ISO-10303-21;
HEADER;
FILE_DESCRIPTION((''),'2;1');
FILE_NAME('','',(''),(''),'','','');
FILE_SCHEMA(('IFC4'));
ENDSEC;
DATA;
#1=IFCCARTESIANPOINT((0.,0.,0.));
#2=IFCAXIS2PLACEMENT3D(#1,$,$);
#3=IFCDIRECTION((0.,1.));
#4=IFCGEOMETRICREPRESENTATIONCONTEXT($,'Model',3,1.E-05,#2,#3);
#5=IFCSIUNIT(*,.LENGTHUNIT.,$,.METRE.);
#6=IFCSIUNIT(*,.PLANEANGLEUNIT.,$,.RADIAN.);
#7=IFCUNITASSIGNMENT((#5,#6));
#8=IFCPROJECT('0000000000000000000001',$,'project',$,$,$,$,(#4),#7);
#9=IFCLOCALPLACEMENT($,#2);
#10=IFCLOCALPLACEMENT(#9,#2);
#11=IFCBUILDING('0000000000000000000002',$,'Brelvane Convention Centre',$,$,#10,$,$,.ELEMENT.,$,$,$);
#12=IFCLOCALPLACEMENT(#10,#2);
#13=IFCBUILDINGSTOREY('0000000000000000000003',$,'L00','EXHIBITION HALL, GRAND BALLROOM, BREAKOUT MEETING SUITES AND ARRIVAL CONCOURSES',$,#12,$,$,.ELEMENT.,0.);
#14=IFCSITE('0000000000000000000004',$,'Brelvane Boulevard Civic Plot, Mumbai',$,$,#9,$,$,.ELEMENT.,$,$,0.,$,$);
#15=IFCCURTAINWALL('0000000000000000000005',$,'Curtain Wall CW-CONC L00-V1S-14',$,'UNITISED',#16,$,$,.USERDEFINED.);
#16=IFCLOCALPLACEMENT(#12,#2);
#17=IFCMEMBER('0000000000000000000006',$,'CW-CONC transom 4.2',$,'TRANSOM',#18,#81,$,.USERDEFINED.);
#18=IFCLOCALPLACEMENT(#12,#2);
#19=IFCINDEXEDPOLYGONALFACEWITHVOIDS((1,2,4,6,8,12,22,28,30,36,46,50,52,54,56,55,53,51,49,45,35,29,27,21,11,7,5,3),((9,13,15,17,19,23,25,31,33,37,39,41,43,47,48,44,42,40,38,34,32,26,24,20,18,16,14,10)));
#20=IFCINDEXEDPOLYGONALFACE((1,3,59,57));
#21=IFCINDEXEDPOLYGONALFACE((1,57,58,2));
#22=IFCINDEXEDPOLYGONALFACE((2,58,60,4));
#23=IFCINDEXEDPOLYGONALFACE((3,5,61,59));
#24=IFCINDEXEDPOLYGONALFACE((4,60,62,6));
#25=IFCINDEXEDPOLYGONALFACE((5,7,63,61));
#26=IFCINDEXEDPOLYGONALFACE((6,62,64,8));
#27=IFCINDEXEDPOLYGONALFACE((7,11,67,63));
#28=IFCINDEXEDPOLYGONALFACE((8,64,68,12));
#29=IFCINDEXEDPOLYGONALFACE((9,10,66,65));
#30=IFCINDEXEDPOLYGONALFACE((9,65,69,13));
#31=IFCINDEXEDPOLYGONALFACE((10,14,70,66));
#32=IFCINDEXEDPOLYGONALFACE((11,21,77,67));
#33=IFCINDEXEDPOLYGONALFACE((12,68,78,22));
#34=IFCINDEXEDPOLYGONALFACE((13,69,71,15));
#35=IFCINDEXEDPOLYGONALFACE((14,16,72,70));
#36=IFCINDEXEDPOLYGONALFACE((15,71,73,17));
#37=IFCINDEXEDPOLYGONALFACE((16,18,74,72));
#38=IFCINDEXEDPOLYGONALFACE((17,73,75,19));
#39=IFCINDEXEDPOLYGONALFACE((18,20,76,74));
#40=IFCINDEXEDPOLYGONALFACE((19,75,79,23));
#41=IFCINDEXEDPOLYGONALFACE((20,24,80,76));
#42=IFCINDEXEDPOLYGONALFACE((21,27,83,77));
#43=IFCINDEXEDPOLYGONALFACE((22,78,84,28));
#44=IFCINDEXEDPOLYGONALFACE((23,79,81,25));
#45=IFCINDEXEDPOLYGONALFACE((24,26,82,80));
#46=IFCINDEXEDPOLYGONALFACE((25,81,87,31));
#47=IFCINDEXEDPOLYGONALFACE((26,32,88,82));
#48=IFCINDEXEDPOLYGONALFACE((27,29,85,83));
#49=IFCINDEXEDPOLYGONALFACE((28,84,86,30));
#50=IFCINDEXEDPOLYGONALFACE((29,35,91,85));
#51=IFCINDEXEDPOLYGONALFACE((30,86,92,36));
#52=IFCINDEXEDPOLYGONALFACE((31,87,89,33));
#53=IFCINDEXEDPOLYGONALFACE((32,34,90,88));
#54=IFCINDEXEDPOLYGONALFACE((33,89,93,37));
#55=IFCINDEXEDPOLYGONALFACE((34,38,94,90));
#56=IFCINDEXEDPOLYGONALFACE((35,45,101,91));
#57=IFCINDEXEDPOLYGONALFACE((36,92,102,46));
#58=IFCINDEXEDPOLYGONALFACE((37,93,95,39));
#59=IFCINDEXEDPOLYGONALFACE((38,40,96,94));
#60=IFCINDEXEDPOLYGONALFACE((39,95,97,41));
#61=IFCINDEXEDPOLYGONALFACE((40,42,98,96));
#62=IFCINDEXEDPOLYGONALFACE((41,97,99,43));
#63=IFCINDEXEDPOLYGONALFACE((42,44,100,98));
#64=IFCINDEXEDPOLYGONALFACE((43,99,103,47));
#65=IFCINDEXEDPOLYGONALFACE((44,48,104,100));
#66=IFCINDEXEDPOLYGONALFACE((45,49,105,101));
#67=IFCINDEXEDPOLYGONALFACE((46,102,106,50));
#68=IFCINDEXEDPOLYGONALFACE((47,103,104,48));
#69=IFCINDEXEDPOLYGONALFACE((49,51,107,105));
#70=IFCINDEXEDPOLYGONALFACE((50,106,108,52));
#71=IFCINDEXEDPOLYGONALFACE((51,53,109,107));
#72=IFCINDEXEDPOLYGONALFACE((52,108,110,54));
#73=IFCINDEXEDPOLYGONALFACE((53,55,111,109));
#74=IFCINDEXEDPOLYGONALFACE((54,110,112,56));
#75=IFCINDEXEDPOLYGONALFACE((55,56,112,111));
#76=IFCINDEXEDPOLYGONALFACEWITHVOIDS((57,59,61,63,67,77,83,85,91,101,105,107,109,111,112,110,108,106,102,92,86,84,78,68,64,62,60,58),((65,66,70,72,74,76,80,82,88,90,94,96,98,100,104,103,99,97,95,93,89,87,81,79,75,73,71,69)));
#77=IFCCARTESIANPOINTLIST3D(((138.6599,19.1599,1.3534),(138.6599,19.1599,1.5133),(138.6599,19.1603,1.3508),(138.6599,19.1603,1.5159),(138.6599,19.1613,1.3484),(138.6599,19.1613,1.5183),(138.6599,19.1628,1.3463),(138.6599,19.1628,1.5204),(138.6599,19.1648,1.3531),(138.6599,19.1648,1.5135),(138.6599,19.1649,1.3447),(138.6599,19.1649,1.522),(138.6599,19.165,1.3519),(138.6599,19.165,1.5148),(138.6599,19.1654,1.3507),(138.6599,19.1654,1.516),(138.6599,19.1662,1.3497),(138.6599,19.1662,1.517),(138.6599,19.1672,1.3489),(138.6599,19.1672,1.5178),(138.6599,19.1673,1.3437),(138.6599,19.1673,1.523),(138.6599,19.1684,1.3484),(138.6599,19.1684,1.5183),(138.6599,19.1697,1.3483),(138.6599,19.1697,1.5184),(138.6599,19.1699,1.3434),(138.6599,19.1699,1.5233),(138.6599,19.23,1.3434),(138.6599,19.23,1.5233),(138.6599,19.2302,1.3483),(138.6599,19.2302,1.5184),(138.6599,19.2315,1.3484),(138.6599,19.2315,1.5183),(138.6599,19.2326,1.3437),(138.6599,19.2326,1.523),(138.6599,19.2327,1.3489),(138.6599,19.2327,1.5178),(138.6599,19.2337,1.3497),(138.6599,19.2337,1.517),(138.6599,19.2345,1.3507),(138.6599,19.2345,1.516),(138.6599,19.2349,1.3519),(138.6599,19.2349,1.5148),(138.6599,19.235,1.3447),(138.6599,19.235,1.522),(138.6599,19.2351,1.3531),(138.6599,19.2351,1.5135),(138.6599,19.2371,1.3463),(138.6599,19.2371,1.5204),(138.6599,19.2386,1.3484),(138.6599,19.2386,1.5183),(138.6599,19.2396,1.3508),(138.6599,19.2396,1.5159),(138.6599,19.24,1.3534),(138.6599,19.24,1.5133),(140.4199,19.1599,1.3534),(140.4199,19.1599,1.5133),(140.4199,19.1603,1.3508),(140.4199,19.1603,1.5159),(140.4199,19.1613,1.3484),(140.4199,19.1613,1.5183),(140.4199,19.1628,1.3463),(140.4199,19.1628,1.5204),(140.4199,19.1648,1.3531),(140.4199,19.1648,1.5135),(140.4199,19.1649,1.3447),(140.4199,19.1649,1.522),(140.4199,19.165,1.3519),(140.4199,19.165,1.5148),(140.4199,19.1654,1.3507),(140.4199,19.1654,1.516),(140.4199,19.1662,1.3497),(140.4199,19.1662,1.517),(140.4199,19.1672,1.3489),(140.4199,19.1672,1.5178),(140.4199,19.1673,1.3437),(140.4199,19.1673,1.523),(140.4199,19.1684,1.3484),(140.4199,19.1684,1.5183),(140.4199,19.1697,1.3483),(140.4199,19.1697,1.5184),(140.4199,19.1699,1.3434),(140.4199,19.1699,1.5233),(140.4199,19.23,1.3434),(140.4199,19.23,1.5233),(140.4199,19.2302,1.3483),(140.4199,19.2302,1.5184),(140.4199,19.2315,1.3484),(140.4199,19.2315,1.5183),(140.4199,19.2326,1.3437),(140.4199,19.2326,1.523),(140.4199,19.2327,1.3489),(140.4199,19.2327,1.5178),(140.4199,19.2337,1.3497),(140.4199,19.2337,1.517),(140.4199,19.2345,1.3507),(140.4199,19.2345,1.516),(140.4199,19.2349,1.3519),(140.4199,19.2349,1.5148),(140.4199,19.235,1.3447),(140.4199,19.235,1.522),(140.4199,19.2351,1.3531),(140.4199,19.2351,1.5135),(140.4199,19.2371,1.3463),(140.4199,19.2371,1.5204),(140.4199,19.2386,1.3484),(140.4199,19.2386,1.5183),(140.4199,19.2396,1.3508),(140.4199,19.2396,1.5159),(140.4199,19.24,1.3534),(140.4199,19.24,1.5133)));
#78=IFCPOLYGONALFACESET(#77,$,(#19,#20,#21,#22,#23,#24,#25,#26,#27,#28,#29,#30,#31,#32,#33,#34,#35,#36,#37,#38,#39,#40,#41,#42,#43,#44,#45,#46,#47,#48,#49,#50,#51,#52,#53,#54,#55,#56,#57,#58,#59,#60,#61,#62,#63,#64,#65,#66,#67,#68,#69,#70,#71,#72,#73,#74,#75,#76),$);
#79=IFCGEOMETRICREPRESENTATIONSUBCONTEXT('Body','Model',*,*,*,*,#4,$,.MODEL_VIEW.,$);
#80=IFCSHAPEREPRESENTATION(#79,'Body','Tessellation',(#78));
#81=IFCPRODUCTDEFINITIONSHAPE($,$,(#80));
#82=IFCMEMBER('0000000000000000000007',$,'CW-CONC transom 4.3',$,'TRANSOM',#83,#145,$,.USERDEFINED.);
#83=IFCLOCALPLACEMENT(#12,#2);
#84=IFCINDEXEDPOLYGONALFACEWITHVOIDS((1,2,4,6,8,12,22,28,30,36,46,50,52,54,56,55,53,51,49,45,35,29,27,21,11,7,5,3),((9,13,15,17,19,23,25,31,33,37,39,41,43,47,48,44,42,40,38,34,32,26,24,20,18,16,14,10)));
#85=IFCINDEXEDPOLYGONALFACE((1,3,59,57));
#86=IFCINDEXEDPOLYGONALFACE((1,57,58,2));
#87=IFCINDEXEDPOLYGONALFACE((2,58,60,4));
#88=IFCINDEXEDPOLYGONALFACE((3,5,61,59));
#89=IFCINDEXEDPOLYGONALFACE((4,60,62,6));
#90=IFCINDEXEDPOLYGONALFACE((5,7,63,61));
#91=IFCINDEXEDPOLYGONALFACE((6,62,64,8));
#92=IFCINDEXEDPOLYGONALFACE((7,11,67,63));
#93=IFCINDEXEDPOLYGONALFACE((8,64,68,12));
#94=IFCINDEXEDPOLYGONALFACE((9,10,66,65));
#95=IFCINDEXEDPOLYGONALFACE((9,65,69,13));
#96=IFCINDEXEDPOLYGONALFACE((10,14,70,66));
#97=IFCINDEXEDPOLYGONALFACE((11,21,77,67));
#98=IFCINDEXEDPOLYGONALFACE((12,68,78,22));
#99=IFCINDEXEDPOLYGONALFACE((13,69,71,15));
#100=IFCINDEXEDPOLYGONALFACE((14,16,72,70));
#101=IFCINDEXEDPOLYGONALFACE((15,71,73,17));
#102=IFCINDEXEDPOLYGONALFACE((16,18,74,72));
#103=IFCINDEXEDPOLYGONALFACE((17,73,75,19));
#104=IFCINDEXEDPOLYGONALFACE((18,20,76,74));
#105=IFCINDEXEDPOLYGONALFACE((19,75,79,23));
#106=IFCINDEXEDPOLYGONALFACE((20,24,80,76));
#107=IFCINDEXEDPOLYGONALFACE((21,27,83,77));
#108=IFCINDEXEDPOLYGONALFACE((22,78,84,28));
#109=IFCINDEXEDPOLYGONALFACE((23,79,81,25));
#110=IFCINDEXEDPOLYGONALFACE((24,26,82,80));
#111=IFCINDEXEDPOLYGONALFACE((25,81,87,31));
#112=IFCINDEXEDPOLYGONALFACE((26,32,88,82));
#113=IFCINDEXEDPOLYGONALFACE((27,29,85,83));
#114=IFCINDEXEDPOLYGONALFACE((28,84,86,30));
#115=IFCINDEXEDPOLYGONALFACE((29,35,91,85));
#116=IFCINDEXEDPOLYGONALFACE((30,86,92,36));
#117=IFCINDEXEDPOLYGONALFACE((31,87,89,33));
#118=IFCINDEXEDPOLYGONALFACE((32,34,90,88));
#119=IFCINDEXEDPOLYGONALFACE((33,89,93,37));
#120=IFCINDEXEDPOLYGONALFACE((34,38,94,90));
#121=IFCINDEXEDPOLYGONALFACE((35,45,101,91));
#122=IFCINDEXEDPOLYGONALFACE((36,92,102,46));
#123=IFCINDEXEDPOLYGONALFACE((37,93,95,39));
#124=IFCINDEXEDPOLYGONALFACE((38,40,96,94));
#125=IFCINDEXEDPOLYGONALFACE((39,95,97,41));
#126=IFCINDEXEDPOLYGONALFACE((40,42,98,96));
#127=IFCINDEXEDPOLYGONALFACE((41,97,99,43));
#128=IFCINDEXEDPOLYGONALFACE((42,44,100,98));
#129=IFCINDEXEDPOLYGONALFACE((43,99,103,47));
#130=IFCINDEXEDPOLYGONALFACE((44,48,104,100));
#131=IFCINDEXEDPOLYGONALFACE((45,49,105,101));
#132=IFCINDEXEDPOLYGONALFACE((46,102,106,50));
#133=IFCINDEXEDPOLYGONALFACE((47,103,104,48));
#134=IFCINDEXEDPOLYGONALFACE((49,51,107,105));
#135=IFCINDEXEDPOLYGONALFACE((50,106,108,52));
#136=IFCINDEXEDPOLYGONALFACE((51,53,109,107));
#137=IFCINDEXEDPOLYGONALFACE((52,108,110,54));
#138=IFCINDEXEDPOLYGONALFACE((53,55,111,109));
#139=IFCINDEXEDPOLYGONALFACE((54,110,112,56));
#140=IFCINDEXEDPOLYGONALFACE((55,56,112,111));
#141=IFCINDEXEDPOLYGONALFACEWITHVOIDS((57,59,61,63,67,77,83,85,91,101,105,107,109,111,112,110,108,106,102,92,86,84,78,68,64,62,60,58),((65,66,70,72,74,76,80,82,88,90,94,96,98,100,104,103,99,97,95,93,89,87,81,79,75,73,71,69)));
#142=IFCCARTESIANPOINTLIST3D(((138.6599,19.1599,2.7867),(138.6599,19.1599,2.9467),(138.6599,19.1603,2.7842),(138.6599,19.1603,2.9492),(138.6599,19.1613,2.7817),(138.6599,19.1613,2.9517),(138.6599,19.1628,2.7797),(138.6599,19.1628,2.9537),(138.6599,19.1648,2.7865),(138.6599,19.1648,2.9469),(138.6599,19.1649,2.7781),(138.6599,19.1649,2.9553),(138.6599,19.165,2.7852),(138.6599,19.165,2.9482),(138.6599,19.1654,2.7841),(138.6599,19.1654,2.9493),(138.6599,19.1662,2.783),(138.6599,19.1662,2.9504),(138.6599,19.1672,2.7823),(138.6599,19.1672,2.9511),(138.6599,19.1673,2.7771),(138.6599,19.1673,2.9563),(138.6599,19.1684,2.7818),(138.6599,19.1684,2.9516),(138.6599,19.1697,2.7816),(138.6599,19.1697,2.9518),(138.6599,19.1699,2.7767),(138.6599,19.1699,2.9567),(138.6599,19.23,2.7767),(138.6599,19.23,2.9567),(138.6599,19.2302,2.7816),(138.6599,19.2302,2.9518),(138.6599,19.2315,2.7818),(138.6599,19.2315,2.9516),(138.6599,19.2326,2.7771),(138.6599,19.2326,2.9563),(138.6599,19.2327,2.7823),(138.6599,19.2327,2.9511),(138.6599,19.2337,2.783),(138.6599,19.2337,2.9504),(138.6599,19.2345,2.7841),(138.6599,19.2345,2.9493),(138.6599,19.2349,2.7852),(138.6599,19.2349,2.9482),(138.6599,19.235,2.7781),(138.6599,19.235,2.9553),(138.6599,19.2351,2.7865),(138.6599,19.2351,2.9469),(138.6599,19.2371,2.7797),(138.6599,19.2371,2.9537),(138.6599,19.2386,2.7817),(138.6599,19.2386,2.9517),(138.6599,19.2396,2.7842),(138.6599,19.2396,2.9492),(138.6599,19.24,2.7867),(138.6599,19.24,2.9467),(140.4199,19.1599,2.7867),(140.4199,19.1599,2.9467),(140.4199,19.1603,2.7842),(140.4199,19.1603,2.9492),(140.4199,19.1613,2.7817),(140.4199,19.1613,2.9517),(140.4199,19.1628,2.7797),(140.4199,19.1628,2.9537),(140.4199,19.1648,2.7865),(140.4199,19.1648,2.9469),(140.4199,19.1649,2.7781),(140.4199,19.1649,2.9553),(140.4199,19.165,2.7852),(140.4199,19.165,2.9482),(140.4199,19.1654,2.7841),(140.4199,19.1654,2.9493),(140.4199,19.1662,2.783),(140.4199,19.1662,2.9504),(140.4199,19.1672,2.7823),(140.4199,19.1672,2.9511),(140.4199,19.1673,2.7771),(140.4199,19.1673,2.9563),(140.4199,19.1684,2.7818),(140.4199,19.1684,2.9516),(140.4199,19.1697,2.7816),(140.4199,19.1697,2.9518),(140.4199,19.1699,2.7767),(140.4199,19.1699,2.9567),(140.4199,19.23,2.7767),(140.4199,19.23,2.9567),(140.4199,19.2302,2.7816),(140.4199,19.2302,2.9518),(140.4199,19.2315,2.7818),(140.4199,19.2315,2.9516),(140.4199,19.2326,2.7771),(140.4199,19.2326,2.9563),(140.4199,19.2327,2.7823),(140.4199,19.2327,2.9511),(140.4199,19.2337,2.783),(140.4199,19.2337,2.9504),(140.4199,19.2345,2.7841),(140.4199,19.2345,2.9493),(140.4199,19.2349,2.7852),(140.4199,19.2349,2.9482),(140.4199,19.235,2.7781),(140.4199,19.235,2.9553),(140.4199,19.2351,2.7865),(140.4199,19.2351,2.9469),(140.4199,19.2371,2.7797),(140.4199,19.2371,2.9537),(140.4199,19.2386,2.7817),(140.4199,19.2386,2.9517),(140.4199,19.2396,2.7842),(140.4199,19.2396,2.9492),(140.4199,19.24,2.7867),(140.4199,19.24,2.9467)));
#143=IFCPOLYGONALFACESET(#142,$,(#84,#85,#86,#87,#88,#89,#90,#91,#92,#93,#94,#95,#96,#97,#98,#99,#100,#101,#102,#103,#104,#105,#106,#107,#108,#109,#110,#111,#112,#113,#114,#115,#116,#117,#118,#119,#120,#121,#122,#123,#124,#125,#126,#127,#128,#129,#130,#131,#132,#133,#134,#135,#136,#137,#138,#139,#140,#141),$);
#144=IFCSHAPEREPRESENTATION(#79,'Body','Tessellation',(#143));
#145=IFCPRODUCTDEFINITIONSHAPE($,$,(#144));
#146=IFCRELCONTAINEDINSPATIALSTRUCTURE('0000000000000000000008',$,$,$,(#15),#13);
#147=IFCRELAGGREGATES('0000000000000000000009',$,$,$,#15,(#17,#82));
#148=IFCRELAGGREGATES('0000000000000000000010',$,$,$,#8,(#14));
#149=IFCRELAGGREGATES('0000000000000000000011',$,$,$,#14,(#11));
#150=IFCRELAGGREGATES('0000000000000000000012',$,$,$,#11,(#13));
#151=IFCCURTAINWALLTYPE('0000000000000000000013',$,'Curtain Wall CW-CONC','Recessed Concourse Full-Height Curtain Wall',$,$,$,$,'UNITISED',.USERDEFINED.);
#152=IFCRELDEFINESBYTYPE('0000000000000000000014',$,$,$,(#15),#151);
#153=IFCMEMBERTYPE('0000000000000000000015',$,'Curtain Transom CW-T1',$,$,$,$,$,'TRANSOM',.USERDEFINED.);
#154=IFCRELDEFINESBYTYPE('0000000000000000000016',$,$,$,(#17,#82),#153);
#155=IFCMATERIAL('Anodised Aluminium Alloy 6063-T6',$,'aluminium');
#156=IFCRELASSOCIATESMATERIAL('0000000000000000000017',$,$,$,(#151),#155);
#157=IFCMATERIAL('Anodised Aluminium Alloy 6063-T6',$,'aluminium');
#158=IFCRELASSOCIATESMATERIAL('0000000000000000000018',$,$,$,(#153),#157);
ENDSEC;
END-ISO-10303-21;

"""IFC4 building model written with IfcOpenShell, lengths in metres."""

from ifc_helpers import new_model, si_unit, direction, frame, origin, origin_2d, place, context, subcontext, project, spatial, hollow_rectangle, extrude, material, material_profile, profile_set, type_object, element, aggregate, save


model = new_model("IFC4")

# Units and contexts
model_context = context("Model", 3, precision=1e-05, world=origin(), true_north=direction((0.0, 1.0)))
body_context = subcontext(model_context, "Body", "Model", "MODEL_VIEW")
ifc_project = project(units=[si_unit("LENGTHUNIT", "METRE"), si_unit("PLANEANGLEUNIT", "RADIAN")], contexts=[model_context])

# Site, building, storey
site_placement = place(None, origin())
site = spatial("IfcSite", under=ifc_project, at=site_placement, Name="Brelvane Boulevard Civic Plot, Mumbai", CompositionType="ELEMENT", RefElevation=0.0)
building_placement = place(site_placement, origin())
building = spatial("IfcBuilding", under=site, at=building_placement, Name="Brelvane Convention Centre", CompositionType="ELEMENT")
storey_placement = place(building_placement, origin())
storey = spatial("IfcBuildingStorey", under=building, at=storey_placement, Name="L00", Description="EXHIBITION HALL, GRAND BALLROOM, BREAKOUT MEETING SUITES AND ARRIVAL CONCOURSES", CompositionType="ELEMENT", Elevation=0.0)

# Curtain wall, members
ifc_material_1 = material(Name="Anodised Aluminium Alloy 6063-T6", Category="aluminium")
curtain_wall_type = type_object("IfcCurtainWallType", Name="Curtain Wall CW-CONC", Description="Recessed Concourse Full-Height Curtain Wall", ElementType="UNITISED", PredefinedType="USERDEFINED", material=ifc_material_1)
curtain_wall_placement = place(storey_placement, origin())
curtain_wall = element("IfcCurtainWall", 1, at=curtain_wall_placement, inside=storey, type_object=curtain_wall_type, Name="Curtain Wall CW-CONC L00-V1S-14", ObjectType="UNITISED", PredefinedType="USERDEFINED")
ifc_material_2 = material(Name="Anodised Aluminium Alloy 6063-T6", Category="aluminium")
ifc_material_profile_1 = material_profile(ifc_material_2, hollow_rectangle(XDim=0.0801, YDim=0.1799, WallThickness=0.0049, InnerFilletRadius=0.0049, OuterFilletRadius=0.01, at=origin_2d()), Name="ALU-T 180x80x5.0")
ifc_profile_set_1 = profile_set([ifc_material_profile_1], Name="Anodised Aluminium Alloy 6063-T6")
member_type_1 = type_object("IfcMemberType", Name="Curtain Transom CW-T1", ElementType="TRANSOM", PredefinedType="USERDEFINED", material=ifc_profile_set_1)
member_1_placement = place(storey_placement, frame((138.6599, 19.2, 1.4333), z_axis=(1.0, 0.0, 0.0), x_axis=(0.0, 1.0, 0.0)))
member_1 = element("IfcMember", 2, at=member_1_placement, type_object=member_type_1, Name="CW-CONC transom 4.2", ObjectType="TRANSOM", PredefinedType="USERDEFINED", context=body_context, shape_type="SweptSolid", body=[
    extrude(hollow_rectangle(XDim=0.0801, YDim=0.1799, WallThickness=0.0049, InnerFilletRadius=0.0049, OuterFilletRadius=0.01, at=origin_2d()), origin(), (0.0, 0.0, 1.0), 1.76),
])
member_2_placement = place(storey_placement, frame((138.6599, 19.2, 2.8667), z_axis=(1.0, 0.0, 0.0), x_axis=(0.0, 1.0, 0.0)))
member_2 = element("IfcMember", 3, at=member_2_placement, type_object=member_type_1, Name="CW-CONC transom 4.3", ObjectType="TRANSOM", PredefinedType="USERDEFINED", context=body_context, shape_type="SweptSolid", body=[
    extrude(hollow_rectangle(XDim=0.0801, YDim=0.1799, WallThickness=0.0049, InnerFilletRadius=0.0049, OuterFilletRadius=0.01, at=origin_2d()), origin(), (0.0, 0.0, 1.0), 1.76),
])
aggregate(curtain_wall, [member_1, member_2])

save(model, "model.ifc")
